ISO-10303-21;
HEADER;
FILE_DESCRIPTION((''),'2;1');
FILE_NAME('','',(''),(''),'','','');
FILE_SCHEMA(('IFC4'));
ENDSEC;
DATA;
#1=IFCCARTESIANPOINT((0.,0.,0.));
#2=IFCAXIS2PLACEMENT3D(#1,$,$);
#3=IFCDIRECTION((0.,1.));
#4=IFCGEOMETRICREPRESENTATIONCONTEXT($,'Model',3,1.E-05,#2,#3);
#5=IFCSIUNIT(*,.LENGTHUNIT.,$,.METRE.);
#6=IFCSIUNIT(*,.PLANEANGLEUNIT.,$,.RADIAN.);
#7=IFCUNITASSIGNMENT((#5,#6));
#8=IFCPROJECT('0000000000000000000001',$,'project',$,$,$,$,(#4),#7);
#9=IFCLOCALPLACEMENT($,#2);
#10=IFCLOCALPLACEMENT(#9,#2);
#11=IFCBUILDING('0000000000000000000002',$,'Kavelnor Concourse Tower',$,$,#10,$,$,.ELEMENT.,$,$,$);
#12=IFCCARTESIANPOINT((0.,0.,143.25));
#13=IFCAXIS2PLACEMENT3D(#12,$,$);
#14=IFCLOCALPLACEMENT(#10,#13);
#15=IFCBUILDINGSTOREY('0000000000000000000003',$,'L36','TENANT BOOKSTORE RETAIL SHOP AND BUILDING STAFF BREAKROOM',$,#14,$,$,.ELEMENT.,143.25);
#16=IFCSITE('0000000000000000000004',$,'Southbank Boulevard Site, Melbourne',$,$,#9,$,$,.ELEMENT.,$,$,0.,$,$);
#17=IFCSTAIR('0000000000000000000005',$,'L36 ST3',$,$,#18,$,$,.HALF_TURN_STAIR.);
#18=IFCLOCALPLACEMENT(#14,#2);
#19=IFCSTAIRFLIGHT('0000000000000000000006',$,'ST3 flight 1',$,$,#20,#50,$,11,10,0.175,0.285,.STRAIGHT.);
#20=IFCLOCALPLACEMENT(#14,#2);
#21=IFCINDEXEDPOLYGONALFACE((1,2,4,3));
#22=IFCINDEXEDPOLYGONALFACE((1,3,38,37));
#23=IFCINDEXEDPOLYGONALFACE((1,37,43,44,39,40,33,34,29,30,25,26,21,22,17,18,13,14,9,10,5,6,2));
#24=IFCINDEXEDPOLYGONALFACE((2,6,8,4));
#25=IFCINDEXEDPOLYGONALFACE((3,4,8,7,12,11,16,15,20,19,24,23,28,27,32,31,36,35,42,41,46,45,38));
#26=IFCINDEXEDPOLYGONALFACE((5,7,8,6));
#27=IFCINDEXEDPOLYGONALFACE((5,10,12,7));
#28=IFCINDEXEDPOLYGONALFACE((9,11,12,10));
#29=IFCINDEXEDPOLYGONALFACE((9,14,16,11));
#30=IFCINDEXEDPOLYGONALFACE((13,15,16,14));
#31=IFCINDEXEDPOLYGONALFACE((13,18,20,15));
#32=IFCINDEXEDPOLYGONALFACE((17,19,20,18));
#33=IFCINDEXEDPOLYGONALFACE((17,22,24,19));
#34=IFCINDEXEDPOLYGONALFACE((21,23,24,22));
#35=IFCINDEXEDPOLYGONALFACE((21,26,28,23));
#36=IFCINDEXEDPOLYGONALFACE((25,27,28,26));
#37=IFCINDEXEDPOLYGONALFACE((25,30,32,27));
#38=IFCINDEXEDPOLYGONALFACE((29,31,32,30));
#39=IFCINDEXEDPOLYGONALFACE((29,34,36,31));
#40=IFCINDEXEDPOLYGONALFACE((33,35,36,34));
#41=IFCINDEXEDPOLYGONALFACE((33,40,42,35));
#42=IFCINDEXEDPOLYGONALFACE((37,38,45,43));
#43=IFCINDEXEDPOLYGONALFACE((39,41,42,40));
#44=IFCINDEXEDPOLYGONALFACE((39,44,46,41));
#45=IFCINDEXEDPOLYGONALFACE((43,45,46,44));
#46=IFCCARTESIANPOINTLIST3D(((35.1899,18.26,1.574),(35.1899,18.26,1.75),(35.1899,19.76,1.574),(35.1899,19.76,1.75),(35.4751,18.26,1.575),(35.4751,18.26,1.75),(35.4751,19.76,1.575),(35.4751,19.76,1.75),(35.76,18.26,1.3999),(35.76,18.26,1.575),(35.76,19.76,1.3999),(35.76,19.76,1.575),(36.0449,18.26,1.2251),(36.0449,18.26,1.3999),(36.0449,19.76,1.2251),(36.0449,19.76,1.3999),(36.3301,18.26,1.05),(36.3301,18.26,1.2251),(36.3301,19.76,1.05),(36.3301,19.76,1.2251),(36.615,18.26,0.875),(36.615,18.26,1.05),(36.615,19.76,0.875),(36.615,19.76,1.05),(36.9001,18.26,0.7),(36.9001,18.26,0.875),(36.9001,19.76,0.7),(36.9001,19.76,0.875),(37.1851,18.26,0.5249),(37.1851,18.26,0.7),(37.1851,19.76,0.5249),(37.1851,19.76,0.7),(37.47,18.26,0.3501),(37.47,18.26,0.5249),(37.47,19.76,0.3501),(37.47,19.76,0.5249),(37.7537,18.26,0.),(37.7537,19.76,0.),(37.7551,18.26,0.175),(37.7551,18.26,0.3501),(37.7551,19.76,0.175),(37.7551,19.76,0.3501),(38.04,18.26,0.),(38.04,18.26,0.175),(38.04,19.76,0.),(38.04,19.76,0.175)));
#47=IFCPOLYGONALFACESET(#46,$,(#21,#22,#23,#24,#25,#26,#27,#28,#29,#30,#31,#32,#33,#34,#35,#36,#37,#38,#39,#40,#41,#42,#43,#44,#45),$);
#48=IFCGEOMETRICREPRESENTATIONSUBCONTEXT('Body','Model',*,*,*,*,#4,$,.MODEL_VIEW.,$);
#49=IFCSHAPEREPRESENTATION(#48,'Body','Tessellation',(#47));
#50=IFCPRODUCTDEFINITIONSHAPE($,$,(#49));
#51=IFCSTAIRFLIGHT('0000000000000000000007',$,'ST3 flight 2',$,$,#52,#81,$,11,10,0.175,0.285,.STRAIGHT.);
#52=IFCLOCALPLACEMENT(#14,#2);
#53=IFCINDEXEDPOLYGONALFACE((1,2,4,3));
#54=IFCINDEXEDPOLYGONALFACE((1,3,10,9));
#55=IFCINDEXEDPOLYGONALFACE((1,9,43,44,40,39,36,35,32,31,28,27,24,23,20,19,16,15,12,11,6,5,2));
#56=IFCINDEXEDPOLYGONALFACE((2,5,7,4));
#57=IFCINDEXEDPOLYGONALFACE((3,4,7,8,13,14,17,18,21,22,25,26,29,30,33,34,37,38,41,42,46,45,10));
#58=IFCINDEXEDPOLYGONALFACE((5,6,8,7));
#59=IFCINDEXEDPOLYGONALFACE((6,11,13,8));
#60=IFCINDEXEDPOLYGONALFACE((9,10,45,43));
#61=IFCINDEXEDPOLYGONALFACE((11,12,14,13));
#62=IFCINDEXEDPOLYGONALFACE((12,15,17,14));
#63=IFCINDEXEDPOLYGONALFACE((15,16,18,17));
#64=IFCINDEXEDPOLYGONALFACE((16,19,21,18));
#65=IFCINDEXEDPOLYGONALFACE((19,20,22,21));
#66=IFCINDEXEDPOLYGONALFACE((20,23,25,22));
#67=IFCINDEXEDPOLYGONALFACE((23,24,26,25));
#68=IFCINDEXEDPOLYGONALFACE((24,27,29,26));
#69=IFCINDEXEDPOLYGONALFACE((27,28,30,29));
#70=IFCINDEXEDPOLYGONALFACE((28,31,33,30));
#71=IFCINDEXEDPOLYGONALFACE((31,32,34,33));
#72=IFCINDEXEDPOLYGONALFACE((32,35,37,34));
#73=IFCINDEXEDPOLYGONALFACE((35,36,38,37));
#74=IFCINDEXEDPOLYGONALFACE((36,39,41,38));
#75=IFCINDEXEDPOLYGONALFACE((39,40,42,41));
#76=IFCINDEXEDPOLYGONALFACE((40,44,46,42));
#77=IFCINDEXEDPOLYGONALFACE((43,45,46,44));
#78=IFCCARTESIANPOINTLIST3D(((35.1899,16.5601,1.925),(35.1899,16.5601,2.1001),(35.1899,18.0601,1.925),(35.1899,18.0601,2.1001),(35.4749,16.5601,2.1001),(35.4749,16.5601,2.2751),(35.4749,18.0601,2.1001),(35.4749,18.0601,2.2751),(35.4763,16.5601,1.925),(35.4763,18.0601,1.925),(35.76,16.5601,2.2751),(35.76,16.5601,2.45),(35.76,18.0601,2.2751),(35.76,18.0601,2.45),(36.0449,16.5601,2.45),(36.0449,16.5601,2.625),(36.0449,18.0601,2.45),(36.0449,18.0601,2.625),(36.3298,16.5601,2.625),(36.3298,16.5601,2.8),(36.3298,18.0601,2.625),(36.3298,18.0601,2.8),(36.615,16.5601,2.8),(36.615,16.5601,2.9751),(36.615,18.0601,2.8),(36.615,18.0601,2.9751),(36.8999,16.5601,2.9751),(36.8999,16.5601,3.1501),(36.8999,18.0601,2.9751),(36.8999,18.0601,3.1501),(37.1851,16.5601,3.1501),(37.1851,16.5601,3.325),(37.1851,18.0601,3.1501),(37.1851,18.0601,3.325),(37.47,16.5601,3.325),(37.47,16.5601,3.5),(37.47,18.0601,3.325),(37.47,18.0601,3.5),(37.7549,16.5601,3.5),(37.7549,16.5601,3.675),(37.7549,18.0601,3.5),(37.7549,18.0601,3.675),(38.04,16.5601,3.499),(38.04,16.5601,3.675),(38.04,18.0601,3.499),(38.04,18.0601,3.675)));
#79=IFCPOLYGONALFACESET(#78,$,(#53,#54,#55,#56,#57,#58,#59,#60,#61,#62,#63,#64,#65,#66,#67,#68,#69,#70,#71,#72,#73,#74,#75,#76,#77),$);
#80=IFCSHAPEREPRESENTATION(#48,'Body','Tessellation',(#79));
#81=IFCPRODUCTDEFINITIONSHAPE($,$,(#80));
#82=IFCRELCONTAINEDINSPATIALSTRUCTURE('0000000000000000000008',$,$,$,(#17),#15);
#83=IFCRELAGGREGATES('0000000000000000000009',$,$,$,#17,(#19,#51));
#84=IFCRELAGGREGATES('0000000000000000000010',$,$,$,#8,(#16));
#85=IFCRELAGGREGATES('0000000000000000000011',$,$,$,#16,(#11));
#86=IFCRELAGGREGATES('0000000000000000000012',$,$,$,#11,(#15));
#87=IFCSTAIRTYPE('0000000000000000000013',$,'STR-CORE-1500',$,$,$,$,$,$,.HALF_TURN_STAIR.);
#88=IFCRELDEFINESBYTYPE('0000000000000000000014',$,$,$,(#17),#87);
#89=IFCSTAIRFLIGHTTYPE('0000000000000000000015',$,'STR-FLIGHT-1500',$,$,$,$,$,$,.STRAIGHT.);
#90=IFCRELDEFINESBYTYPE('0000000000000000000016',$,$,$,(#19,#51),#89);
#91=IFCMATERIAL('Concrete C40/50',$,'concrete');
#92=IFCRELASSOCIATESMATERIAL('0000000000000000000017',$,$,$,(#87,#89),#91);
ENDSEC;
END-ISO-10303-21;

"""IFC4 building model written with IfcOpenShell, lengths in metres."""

from ifc_helpers import new_model, si_unit, direction, frame, origin, place, context, subcontext, project, spatial, polyline, outline, extrude, material, type_object, element, aggregate, save


model = new_model("IFC4")

# Units and contexts
model_context = context("Model", 3, precision=1e-05, world=origin(), true_north=direction((0.0, 1.0)))
body_context = subcontext(model_context, "Body", "Model", "MODEL_VIEW")
ifc_project = project(units=[si_unit("LENGTHUNIT", "METRE"), si_unit("PLANEANGLEUNIT", "RADIAN")], contexts=[model_context])

# Site, building, storey
site_placement = place(None, origin())
site = spatial("IfcSite", under=ifc_project, at=site_placement, Name="Southbank Boulevard Site, Melbourne", CompositionType="ELEMENT", RefElevation=0.0)
building_placement = place(site_placement, origin())
building = spatial("IfcBuilding", under=site, at=building_placement, Name="Kavelnor Concourse Tower", CompositionType="ELEMENT")
storey_placement = place(building_placement, frame((0.0, 0.0, 143.25)))
storey = spatial("IfcBuildingStorey", under=building, at=storey_placement, Name="L36", Description="TENANT BOOKSTORE RETAIL SHOP AND BUILDING STAFF BREAKROOM", CompositionType="ELEMENT", Elevation=143.25)

# Stair, stair flights
ifc_material_1 = material(Name="Concrete C40/50", Category="concrete")
stair_type = type_object("IfcStairType", Name="STR-CORE-1500", PredefinedType="HALF_TURN_STAIR", material=ifc_material_1)
stair_placement = place(storey_placement, origin())
stair = element("IfcStair", 1, at=stair_placement, inside=storey, type_object=stair_type, Name="L36 ST3", PredefinedType="HALF_TURN_STAIR")
stair_flight_type = type_object("IfcStairFlightType", Name="STR-FLIGHT-1500", PredefinedType="STRAIGHT", material=ifc_material_1)
stair_flight_1_placement = place(storey_placement, frame((38.04, 19.01, 0.0), z_axis=(0.0, 0.0, 1.0), x_axis=(-1.0, 0.0, 0.0)))
stair_flight_1 = element("IfcStairFlight", 2, at=stair_flight_1_placement, type_object=stair_flight_type, Name="ST3 flight 1", NumberOfRisers=11, NumberOfTreads=10, PredefinedType="STRAIGHT", RiserHeight=0.175, TreadLength=0.285, context=body_context, shape_type="SweptSolid", body=[
    extrude(outline(polyline([(0.0, 0.0), (0.0, 0.175), (0.2849, 0.175), (0.2849, 0.3501), (0.5701, 0.3501), (0.5701, 0.5249), (0.855, 0.5249), (0.855, 0.7), (1.1399, 0.7), (1.1399, 0.875), (1.425, 0.875), (1.425, 1.05), (1.71, 1.05), (1.71, 1.2251), (1.9951, 1.2251), (1.9951, 1.3999), (2.28, 1.3999), (2.28, 1.575), (2.5649, 1.575), (2.5649, 1.75), (2.8501, 1.75), (2.8501, 1.925), (2.8501, 1.574), (0.2864, 0.0), (0.0, 0.0)])), frame((0.0, 0.75, 0.0), z_axis=(0.0, -1.0, 0.0), x_axis=(1.0, 0.0, 0.0)), (0.0, 0.0, 1.0), 1.5),
])
stair_flight_2_placement = place(storey_placement, frame((35.1899, 17.3101, 1.925), z_axis=(0.0, 0.0, 1.0), x_axis=(1.0, 0.0, 0.0)))
stair_flight_2 = element("IfcStairFlight", 3, at=stair_flight_2_placement, type_object=stair_flight_type, Name="ST3 flight 2", NumberOfRisers=11, NumberOfTreads=10, PredefinedType="STRAIGHT", RiserHeight=0.175, TreadLength=0.285, context=body_context, shape_type="SweptSolid", body=[
    extrude(outline(polyline([(0.0, 0.0), (0.0, 0.175), (0.2849, 0.175), (0.2849, 0.3501), (0.5701, 0.3501), (0.5701, 0.5249), (0.855, 0.5249), (0.855, 0.7), (1.1399, 0.7), (1.1399, 0.875), (1.425, 0.875), (1.425, 1.05), (1.71, 1.05), (1.71, 1.2251), (1.9951, 1.2251), (1.9951, 1.3999), (2.28, 1.3999), (2.28, 1.575), (2.5649, 1.575), (2.5649, 1.75), (2.8501, 1.75), (2.8501, 1.925), (2.8501, 1.574), (0.2864, 0.0), (0.0, 0.0)])), frame((0.0, 0.75, 0.0), z_axis=(0.0, -1.0, 0.0), x_axis=(1.0, 0.0, 0.0)), (0.0, 0.0, 1.0), 1.5),
])
aggregate(stair, [stair_flight_1, stair_flight_2])

save(model, "model.ifc")
